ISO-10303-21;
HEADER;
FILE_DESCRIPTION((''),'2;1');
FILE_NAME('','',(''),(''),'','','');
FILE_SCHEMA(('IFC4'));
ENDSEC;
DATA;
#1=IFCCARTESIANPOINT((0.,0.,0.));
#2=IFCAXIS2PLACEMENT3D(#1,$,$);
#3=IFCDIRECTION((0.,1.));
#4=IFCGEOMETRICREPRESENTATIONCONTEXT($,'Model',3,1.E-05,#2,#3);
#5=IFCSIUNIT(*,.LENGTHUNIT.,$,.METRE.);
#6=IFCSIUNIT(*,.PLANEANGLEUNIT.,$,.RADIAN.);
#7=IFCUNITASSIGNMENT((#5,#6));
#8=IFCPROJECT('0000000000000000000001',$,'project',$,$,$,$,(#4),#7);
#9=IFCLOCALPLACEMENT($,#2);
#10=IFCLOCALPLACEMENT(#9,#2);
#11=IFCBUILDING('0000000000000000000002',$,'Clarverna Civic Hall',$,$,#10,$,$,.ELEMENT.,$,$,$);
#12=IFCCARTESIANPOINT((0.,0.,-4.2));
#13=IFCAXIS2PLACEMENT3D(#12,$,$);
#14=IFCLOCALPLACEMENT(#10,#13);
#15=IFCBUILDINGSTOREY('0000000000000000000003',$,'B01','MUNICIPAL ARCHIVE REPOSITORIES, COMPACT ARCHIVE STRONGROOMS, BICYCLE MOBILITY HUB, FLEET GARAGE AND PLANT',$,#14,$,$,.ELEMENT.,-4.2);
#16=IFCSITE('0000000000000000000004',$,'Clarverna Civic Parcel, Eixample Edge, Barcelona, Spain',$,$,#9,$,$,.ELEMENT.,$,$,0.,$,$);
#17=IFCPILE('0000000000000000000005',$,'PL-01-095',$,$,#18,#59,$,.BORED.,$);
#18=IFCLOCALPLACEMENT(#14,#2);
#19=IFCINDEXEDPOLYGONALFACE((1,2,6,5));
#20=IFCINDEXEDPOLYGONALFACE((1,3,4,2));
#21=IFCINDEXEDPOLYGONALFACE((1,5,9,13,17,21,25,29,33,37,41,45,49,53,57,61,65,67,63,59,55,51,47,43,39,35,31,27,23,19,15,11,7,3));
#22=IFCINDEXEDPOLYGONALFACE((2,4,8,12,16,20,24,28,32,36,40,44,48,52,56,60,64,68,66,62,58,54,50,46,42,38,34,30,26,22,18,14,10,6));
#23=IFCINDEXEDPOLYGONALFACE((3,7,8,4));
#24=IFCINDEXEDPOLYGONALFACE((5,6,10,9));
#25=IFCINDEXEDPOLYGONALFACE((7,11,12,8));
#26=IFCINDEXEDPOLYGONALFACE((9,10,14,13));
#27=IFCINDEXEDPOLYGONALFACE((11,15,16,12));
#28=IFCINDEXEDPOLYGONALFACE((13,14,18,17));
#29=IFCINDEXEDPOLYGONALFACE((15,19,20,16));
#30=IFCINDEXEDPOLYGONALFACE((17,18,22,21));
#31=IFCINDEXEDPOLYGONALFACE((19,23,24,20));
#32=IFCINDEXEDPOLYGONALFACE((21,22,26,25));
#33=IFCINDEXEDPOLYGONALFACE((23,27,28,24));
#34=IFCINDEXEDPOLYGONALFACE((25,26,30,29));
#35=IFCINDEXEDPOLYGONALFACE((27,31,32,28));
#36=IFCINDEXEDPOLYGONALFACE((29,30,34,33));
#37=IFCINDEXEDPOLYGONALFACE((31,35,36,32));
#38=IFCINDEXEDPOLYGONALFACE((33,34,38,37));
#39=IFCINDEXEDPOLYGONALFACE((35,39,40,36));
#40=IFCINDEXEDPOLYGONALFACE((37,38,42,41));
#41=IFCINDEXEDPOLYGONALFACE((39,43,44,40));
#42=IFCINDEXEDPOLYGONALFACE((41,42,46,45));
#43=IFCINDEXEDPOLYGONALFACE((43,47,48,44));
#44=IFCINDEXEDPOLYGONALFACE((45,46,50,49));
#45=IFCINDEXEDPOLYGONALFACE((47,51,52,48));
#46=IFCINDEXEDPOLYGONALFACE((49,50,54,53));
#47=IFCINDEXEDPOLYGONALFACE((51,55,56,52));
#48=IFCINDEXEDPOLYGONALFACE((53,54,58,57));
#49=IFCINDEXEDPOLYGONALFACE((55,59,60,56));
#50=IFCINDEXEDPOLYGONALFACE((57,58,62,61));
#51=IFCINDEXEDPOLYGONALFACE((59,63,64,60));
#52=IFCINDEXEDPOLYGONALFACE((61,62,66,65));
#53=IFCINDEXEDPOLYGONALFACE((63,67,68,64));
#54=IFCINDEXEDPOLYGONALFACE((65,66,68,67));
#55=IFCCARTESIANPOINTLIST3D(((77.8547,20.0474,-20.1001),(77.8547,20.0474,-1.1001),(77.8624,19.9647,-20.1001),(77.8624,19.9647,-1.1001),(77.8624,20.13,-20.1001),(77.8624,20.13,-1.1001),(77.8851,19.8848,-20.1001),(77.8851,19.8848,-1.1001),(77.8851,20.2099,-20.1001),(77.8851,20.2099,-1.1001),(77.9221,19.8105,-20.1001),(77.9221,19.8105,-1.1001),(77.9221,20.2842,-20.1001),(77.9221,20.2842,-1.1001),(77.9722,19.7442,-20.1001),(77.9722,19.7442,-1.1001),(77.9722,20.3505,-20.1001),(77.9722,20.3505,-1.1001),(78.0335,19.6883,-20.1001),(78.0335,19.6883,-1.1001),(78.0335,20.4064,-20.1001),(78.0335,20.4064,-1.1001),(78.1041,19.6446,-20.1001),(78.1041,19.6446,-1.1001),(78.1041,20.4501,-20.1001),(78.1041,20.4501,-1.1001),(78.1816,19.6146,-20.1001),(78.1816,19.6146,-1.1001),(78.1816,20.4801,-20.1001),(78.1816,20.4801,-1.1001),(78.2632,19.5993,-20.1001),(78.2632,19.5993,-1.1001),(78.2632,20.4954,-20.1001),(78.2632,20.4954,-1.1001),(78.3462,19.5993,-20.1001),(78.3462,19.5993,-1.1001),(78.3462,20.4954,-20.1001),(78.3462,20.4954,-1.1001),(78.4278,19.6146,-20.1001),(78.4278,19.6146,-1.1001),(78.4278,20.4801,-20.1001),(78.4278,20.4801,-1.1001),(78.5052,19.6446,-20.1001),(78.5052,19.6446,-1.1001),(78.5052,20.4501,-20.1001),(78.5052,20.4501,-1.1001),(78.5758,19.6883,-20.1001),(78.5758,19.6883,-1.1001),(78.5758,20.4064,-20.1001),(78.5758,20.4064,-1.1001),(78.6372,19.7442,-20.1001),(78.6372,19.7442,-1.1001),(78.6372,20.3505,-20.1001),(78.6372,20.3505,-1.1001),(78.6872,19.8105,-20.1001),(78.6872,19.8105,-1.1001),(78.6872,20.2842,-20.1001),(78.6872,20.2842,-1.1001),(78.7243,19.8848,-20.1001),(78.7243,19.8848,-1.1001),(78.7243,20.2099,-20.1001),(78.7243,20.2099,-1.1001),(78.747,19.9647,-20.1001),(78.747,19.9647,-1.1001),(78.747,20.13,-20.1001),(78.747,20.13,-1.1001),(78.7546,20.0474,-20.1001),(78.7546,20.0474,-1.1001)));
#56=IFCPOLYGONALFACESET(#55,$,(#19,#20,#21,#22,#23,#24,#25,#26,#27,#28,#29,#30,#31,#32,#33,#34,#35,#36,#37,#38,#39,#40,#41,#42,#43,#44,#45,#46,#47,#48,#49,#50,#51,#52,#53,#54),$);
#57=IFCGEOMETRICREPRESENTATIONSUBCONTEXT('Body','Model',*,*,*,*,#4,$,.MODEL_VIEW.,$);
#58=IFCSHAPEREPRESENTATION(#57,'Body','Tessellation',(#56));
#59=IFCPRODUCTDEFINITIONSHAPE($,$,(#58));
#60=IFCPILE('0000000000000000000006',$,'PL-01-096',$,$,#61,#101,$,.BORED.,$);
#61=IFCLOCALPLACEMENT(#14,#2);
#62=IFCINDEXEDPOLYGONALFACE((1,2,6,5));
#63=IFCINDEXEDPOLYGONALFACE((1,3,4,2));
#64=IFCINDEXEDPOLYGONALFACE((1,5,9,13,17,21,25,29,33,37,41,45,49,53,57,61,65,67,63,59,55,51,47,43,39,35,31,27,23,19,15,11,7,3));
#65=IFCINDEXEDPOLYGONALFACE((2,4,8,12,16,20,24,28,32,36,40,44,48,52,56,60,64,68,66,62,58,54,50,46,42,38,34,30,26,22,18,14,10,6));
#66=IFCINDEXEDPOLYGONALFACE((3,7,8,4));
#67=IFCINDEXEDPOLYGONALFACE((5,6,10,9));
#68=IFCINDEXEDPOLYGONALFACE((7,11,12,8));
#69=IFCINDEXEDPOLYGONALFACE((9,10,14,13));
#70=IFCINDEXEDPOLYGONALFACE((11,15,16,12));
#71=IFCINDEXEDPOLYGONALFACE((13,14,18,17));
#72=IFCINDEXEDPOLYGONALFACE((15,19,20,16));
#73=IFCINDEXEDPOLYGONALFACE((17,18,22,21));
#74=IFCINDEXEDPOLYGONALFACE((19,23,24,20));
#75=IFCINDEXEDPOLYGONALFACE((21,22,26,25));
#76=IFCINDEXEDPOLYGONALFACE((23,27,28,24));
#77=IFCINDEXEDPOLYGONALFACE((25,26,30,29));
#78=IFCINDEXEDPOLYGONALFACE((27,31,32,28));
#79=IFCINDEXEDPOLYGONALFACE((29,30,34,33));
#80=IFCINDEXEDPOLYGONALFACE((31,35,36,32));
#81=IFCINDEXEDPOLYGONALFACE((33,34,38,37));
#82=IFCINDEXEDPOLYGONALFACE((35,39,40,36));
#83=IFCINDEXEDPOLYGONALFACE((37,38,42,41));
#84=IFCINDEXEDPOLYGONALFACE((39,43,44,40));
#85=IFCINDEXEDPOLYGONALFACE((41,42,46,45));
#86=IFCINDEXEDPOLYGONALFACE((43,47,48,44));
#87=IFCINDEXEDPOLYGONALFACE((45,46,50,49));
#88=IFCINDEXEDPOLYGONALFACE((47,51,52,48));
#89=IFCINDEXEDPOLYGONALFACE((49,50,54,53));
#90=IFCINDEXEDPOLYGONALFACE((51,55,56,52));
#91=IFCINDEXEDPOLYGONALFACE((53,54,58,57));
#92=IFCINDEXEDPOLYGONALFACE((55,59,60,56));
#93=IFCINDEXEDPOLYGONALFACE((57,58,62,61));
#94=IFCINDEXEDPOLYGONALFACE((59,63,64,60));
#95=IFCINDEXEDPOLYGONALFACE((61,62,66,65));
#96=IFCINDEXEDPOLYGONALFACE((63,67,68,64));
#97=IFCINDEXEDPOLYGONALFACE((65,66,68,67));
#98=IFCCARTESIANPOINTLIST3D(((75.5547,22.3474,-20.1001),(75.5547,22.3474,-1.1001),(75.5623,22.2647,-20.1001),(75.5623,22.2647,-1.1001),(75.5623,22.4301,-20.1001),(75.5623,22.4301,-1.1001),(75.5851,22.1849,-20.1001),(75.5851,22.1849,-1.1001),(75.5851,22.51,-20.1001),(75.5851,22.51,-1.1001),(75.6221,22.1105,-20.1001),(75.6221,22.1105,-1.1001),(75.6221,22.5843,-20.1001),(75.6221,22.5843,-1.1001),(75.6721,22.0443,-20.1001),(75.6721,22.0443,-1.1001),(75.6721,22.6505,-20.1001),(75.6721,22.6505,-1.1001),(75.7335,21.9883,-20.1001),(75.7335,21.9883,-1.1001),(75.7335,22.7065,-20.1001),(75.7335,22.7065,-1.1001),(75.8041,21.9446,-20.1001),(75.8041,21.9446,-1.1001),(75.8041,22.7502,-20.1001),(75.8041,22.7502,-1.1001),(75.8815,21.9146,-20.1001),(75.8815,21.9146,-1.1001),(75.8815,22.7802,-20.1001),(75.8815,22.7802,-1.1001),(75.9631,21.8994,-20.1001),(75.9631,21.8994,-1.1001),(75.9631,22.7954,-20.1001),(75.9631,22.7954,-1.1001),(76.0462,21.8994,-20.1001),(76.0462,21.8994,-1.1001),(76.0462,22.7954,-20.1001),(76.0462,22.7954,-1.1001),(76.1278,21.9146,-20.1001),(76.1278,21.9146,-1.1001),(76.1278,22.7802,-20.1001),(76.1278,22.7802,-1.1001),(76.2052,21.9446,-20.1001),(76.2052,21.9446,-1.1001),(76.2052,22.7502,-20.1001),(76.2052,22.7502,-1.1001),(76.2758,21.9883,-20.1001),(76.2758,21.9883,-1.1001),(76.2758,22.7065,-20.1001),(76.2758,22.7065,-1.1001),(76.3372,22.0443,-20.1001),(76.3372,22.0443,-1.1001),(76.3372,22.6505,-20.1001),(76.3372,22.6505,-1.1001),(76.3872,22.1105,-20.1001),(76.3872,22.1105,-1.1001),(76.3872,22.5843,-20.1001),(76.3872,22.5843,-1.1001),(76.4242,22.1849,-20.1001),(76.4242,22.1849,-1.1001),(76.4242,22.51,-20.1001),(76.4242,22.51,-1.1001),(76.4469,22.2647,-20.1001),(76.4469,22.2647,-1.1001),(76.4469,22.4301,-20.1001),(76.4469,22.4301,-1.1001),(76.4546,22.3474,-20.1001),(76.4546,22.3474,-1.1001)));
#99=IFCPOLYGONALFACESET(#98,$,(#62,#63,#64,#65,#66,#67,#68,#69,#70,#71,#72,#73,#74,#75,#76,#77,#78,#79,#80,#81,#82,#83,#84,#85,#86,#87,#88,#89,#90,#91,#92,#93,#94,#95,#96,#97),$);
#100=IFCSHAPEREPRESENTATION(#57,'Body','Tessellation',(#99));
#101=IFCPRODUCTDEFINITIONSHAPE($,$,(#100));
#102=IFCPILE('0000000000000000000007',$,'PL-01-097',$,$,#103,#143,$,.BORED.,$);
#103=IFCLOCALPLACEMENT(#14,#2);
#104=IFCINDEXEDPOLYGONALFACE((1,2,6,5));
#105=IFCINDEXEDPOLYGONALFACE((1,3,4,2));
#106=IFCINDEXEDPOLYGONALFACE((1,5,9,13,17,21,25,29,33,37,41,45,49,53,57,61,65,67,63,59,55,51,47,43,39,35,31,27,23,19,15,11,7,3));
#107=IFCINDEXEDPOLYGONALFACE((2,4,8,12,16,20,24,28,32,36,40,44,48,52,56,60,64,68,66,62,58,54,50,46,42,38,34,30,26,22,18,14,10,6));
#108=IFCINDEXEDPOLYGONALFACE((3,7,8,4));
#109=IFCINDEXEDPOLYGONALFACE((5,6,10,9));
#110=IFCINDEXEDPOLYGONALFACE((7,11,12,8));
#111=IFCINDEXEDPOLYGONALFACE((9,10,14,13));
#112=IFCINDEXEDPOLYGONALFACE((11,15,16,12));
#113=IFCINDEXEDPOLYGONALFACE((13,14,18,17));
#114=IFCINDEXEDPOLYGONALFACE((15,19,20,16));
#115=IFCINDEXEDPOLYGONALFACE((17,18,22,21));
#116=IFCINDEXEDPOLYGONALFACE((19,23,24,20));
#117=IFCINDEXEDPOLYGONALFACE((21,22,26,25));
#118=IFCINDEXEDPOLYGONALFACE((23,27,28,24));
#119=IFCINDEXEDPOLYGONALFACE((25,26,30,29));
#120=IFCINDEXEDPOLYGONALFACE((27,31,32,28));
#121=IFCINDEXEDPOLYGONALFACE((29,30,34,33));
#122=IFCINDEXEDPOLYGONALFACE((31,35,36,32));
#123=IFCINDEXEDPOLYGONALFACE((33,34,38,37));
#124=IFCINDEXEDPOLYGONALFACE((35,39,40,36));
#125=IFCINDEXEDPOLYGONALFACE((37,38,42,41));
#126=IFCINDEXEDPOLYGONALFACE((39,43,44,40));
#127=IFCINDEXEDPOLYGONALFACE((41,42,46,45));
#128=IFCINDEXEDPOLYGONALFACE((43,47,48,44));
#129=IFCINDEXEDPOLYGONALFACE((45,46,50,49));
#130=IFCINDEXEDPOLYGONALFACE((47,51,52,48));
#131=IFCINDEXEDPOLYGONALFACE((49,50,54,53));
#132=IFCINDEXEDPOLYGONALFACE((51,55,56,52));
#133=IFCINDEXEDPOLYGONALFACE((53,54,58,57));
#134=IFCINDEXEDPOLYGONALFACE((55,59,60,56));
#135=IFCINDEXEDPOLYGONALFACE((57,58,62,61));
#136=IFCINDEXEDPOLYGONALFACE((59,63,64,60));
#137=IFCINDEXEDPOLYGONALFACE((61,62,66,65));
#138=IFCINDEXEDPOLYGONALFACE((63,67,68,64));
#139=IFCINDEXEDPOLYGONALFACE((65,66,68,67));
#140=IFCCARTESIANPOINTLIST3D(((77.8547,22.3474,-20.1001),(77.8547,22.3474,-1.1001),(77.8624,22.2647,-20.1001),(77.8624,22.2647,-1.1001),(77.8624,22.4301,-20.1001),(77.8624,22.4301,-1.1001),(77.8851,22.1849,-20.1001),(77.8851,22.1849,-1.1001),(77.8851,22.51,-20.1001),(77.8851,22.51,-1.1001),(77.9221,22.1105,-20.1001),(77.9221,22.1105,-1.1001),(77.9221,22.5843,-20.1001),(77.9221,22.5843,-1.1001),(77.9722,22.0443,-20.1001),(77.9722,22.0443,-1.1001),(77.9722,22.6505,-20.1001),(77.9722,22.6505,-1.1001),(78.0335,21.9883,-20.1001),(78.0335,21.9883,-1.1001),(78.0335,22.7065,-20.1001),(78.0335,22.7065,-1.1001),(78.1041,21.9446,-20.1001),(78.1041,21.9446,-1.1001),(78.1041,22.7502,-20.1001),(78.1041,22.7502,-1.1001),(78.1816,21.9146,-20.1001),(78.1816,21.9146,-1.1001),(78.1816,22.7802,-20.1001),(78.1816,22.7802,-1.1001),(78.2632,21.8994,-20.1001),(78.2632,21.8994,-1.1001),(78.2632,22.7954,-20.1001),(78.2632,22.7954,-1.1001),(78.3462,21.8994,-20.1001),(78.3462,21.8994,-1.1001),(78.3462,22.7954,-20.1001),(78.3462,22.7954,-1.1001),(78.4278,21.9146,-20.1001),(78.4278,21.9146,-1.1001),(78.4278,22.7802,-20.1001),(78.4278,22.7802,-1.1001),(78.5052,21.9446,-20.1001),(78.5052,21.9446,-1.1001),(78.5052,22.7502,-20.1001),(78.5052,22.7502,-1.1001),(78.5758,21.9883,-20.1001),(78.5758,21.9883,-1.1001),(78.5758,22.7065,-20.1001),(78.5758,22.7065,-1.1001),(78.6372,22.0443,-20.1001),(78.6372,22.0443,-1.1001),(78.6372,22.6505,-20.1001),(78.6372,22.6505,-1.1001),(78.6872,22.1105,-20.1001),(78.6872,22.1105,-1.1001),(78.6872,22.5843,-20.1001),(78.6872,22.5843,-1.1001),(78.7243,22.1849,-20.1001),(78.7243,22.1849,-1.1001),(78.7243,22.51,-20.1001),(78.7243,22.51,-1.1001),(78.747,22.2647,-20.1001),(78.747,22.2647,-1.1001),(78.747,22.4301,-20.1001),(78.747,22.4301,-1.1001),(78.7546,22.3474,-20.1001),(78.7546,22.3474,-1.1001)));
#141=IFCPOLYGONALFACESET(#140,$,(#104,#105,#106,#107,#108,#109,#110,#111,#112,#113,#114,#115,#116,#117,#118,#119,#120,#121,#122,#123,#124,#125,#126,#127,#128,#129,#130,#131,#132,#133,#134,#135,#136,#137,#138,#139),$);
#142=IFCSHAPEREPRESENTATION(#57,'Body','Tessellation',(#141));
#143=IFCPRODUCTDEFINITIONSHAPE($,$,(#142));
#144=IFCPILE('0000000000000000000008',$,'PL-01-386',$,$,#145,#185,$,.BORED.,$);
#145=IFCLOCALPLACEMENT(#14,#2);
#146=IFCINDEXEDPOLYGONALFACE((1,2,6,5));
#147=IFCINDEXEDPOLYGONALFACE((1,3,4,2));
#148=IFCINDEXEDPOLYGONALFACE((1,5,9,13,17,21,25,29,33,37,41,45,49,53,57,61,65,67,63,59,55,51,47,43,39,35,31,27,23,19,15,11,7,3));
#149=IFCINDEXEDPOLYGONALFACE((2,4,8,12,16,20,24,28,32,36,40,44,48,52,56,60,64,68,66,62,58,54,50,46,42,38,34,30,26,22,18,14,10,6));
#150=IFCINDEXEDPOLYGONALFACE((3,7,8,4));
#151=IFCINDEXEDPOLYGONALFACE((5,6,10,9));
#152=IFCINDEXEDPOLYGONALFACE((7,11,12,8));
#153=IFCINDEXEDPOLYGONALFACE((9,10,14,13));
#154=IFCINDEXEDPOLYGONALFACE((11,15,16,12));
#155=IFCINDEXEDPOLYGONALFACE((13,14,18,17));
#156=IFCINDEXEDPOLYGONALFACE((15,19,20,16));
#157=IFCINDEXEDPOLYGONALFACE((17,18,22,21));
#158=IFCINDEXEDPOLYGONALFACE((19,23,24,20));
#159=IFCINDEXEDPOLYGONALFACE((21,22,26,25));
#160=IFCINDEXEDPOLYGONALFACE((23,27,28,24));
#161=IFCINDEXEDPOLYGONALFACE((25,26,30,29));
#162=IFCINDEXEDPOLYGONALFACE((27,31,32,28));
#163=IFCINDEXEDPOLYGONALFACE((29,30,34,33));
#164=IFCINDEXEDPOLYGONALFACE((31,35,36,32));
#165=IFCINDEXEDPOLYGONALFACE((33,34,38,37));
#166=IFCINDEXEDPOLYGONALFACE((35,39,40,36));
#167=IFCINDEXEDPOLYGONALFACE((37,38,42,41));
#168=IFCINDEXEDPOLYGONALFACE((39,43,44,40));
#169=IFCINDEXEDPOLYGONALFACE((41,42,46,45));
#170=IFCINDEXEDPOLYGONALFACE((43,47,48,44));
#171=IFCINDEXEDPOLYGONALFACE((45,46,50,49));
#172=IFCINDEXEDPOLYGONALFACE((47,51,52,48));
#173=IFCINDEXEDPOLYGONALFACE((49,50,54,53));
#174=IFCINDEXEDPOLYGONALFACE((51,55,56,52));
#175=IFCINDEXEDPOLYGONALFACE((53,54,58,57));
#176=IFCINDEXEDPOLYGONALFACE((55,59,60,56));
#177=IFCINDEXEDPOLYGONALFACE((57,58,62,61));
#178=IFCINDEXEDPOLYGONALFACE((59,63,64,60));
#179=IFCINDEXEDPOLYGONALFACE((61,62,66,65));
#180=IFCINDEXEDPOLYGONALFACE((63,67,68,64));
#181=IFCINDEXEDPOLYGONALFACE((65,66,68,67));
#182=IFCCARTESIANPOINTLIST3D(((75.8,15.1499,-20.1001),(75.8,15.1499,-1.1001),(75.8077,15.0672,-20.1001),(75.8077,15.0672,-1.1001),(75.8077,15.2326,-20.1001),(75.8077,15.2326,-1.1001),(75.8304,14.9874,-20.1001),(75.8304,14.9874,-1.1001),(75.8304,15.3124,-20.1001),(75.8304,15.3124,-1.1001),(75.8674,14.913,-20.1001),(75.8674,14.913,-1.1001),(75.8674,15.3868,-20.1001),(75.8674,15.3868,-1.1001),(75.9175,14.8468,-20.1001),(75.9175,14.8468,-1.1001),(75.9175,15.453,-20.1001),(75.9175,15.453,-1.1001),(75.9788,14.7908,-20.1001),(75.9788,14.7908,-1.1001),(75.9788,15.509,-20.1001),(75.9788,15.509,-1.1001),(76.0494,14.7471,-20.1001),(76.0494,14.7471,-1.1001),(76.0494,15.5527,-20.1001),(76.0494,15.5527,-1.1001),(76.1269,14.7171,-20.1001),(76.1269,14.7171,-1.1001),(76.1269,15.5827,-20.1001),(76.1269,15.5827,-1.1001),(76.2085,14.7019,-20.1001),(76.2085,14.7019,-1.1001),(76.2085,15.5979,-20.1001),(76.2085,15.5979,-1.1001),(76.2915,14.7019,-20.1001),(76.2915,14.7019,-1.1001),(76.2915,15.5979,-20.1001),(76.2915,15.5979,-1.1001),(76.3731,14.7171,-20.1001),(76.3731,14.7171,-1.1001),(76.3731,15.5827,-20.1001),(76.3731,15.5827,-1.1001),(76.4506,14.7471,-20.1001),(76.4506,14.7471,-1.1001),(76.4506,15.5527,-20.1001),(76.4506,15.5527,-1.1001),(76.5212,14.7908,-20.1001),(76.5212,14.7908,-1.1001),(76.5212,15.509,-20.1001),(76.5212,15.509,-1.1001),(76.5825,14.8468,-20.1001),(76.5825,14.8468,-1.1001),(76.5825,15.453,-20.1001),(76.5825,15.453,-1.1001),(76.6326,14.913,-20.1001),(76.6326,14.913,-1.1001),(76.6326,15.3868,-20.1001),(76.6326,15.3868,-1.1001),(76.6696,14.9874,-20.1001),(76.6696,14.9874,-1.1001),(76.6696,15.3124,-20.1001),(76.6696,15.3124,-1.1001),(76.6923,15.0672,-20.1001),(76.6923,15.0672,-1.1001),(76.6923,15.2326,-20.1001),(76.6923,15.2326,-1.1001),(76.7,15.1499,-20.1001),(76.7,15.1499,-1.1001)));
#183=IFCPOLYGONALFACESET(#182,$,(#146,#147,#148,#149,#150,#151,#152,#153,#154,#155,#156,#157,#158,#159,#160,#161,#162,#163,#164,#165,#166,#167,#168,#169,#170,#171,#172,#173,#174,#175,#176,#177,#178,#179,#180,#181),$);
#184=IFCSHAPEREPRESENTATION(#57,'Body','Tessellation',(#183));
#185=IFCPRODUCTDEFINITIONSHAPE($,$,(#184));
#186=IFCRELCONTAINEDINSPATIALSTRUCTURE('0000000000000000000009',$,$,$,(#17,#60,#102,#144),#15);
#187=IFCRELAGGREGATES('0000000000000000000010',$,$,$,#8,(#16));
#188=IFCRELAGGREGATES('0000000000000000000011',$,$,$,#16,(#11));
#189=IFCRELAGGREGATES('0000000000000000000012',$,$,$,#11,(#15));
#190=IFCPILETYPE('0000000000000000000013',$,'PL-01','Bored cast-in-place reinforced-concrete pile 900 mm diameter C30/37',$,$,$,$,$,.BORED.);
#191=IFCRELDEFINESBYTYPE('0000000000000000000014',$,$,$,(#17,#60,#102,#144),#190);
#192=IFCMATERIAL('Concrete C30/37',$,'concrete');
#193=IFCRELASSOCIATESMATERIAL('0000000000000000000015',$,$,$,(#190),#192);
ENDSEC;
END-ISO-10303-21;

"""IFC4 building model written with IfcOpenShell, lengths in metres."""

from ifc_helpers import new_model, si_unit, direction, frame, origin, origin_2d, place, context, subcontext, project, spatial, circle, extrude, material, material_profile, profile_set, type_object, element, save


model = new_model("IFC4")

# Units and contexts
model_context = context("Model", 3, precision=1e-05, world=origin(), true_north=direction((0.0, 1.0)))
body_context = subcontext(model_context, "Body", "Model", "MODEL_VIEW")
ifc_project = project(units=[si_unit("LENGTHUNIT", "METRE"), si_unit("PLANEANGLEUNIT", "RADIAN")], contexts=[model_context])

# Site, building, storey
site_placement = place(None, origin())
site = spatial("IfcSite", under=ifc_project, at=site_placement, Name="Clarverna Civic Parcel, Eixample Edge, Barcelona, Spain", CompositionType="ELEMENT", RefElevation=0.0)
building_placement = place(site_placement, origin())
building = spatial("IfcBuilding", under=site, at=building_placement, Name="Clarverna Civic Hall", CompositionType="ELEMENT")
storey_placement = place(building_placement, frame((0.0, 0.0, -4.2)))
storey = spatial("IfcBuildingStorey", under=building, at=storey_placement, Name="B01", Description="MUNICIPAL ARCHIVE REPOSITORIES, COMPACT ARCHIVE STRONGROOMS, BICYCLE MOBILITY HUB, FLEET GARAGE AND PLANT", CompositionType="ELEMENT", Elevation=-4.2)

# Shared definitions
ifc_material_1 = material(Name="Concrete C30/37", Category="concrete")

# Piles
ifc_material_profile_1 = material_profile(ifc_material_1, circle(Radius=0.45, at=origin_2d()), Name="BORED PILE D900")
ifc_profile_set_1 = profile_set([ifc_material_profile_1], Name="Concrete C30/37")
pile_type = type_object("IfcPileType", Name="PL-01", Description="Bored cast-in-place reinforced-concrete pile 900 mm diameter C30/37", PredefinedType="BORED", material=ifc_profile_set_1)
for number, where, z_axis, x_axis, name in (
    (1, (78.3047, 20.0474, -1.1001), (0.0, 0.0, -1.0), (1.0, 0.0, 0.0), "PL-01-095"),
    (2, (76.0046, 22.3474, -1.1001), (0.0, 0.0, -1.0), (1.0, 0.0, 0.0), "PL-01-096"),
    (3, (78.3047, 22.3474, -1.1001), (0.0, 0.0, -1.0), (1.0, 0.0, 0.0), "PL-01-097"),
    (4, (76.25, 15.1499, -1.1001), (0.0, 0.0, -1.0), (1.0, 0.0, 0.0), "PL-01-386"),
):
    element("IfcPile", number, at=place(storey_placement, frame(where, z_axis=z_axis, x_axis=x_axis)), inside=storey, type_object=pile_type, Name=name, PredefinedType="BORED", context=body_context, shape_type="SweptSolid", body=[
        extrude(circle(Radius=0.45, at=origin_2d()), origin(), (0.0, 0.0, 1.0), 19.0),
    ])

save(model, "model.ifc")
